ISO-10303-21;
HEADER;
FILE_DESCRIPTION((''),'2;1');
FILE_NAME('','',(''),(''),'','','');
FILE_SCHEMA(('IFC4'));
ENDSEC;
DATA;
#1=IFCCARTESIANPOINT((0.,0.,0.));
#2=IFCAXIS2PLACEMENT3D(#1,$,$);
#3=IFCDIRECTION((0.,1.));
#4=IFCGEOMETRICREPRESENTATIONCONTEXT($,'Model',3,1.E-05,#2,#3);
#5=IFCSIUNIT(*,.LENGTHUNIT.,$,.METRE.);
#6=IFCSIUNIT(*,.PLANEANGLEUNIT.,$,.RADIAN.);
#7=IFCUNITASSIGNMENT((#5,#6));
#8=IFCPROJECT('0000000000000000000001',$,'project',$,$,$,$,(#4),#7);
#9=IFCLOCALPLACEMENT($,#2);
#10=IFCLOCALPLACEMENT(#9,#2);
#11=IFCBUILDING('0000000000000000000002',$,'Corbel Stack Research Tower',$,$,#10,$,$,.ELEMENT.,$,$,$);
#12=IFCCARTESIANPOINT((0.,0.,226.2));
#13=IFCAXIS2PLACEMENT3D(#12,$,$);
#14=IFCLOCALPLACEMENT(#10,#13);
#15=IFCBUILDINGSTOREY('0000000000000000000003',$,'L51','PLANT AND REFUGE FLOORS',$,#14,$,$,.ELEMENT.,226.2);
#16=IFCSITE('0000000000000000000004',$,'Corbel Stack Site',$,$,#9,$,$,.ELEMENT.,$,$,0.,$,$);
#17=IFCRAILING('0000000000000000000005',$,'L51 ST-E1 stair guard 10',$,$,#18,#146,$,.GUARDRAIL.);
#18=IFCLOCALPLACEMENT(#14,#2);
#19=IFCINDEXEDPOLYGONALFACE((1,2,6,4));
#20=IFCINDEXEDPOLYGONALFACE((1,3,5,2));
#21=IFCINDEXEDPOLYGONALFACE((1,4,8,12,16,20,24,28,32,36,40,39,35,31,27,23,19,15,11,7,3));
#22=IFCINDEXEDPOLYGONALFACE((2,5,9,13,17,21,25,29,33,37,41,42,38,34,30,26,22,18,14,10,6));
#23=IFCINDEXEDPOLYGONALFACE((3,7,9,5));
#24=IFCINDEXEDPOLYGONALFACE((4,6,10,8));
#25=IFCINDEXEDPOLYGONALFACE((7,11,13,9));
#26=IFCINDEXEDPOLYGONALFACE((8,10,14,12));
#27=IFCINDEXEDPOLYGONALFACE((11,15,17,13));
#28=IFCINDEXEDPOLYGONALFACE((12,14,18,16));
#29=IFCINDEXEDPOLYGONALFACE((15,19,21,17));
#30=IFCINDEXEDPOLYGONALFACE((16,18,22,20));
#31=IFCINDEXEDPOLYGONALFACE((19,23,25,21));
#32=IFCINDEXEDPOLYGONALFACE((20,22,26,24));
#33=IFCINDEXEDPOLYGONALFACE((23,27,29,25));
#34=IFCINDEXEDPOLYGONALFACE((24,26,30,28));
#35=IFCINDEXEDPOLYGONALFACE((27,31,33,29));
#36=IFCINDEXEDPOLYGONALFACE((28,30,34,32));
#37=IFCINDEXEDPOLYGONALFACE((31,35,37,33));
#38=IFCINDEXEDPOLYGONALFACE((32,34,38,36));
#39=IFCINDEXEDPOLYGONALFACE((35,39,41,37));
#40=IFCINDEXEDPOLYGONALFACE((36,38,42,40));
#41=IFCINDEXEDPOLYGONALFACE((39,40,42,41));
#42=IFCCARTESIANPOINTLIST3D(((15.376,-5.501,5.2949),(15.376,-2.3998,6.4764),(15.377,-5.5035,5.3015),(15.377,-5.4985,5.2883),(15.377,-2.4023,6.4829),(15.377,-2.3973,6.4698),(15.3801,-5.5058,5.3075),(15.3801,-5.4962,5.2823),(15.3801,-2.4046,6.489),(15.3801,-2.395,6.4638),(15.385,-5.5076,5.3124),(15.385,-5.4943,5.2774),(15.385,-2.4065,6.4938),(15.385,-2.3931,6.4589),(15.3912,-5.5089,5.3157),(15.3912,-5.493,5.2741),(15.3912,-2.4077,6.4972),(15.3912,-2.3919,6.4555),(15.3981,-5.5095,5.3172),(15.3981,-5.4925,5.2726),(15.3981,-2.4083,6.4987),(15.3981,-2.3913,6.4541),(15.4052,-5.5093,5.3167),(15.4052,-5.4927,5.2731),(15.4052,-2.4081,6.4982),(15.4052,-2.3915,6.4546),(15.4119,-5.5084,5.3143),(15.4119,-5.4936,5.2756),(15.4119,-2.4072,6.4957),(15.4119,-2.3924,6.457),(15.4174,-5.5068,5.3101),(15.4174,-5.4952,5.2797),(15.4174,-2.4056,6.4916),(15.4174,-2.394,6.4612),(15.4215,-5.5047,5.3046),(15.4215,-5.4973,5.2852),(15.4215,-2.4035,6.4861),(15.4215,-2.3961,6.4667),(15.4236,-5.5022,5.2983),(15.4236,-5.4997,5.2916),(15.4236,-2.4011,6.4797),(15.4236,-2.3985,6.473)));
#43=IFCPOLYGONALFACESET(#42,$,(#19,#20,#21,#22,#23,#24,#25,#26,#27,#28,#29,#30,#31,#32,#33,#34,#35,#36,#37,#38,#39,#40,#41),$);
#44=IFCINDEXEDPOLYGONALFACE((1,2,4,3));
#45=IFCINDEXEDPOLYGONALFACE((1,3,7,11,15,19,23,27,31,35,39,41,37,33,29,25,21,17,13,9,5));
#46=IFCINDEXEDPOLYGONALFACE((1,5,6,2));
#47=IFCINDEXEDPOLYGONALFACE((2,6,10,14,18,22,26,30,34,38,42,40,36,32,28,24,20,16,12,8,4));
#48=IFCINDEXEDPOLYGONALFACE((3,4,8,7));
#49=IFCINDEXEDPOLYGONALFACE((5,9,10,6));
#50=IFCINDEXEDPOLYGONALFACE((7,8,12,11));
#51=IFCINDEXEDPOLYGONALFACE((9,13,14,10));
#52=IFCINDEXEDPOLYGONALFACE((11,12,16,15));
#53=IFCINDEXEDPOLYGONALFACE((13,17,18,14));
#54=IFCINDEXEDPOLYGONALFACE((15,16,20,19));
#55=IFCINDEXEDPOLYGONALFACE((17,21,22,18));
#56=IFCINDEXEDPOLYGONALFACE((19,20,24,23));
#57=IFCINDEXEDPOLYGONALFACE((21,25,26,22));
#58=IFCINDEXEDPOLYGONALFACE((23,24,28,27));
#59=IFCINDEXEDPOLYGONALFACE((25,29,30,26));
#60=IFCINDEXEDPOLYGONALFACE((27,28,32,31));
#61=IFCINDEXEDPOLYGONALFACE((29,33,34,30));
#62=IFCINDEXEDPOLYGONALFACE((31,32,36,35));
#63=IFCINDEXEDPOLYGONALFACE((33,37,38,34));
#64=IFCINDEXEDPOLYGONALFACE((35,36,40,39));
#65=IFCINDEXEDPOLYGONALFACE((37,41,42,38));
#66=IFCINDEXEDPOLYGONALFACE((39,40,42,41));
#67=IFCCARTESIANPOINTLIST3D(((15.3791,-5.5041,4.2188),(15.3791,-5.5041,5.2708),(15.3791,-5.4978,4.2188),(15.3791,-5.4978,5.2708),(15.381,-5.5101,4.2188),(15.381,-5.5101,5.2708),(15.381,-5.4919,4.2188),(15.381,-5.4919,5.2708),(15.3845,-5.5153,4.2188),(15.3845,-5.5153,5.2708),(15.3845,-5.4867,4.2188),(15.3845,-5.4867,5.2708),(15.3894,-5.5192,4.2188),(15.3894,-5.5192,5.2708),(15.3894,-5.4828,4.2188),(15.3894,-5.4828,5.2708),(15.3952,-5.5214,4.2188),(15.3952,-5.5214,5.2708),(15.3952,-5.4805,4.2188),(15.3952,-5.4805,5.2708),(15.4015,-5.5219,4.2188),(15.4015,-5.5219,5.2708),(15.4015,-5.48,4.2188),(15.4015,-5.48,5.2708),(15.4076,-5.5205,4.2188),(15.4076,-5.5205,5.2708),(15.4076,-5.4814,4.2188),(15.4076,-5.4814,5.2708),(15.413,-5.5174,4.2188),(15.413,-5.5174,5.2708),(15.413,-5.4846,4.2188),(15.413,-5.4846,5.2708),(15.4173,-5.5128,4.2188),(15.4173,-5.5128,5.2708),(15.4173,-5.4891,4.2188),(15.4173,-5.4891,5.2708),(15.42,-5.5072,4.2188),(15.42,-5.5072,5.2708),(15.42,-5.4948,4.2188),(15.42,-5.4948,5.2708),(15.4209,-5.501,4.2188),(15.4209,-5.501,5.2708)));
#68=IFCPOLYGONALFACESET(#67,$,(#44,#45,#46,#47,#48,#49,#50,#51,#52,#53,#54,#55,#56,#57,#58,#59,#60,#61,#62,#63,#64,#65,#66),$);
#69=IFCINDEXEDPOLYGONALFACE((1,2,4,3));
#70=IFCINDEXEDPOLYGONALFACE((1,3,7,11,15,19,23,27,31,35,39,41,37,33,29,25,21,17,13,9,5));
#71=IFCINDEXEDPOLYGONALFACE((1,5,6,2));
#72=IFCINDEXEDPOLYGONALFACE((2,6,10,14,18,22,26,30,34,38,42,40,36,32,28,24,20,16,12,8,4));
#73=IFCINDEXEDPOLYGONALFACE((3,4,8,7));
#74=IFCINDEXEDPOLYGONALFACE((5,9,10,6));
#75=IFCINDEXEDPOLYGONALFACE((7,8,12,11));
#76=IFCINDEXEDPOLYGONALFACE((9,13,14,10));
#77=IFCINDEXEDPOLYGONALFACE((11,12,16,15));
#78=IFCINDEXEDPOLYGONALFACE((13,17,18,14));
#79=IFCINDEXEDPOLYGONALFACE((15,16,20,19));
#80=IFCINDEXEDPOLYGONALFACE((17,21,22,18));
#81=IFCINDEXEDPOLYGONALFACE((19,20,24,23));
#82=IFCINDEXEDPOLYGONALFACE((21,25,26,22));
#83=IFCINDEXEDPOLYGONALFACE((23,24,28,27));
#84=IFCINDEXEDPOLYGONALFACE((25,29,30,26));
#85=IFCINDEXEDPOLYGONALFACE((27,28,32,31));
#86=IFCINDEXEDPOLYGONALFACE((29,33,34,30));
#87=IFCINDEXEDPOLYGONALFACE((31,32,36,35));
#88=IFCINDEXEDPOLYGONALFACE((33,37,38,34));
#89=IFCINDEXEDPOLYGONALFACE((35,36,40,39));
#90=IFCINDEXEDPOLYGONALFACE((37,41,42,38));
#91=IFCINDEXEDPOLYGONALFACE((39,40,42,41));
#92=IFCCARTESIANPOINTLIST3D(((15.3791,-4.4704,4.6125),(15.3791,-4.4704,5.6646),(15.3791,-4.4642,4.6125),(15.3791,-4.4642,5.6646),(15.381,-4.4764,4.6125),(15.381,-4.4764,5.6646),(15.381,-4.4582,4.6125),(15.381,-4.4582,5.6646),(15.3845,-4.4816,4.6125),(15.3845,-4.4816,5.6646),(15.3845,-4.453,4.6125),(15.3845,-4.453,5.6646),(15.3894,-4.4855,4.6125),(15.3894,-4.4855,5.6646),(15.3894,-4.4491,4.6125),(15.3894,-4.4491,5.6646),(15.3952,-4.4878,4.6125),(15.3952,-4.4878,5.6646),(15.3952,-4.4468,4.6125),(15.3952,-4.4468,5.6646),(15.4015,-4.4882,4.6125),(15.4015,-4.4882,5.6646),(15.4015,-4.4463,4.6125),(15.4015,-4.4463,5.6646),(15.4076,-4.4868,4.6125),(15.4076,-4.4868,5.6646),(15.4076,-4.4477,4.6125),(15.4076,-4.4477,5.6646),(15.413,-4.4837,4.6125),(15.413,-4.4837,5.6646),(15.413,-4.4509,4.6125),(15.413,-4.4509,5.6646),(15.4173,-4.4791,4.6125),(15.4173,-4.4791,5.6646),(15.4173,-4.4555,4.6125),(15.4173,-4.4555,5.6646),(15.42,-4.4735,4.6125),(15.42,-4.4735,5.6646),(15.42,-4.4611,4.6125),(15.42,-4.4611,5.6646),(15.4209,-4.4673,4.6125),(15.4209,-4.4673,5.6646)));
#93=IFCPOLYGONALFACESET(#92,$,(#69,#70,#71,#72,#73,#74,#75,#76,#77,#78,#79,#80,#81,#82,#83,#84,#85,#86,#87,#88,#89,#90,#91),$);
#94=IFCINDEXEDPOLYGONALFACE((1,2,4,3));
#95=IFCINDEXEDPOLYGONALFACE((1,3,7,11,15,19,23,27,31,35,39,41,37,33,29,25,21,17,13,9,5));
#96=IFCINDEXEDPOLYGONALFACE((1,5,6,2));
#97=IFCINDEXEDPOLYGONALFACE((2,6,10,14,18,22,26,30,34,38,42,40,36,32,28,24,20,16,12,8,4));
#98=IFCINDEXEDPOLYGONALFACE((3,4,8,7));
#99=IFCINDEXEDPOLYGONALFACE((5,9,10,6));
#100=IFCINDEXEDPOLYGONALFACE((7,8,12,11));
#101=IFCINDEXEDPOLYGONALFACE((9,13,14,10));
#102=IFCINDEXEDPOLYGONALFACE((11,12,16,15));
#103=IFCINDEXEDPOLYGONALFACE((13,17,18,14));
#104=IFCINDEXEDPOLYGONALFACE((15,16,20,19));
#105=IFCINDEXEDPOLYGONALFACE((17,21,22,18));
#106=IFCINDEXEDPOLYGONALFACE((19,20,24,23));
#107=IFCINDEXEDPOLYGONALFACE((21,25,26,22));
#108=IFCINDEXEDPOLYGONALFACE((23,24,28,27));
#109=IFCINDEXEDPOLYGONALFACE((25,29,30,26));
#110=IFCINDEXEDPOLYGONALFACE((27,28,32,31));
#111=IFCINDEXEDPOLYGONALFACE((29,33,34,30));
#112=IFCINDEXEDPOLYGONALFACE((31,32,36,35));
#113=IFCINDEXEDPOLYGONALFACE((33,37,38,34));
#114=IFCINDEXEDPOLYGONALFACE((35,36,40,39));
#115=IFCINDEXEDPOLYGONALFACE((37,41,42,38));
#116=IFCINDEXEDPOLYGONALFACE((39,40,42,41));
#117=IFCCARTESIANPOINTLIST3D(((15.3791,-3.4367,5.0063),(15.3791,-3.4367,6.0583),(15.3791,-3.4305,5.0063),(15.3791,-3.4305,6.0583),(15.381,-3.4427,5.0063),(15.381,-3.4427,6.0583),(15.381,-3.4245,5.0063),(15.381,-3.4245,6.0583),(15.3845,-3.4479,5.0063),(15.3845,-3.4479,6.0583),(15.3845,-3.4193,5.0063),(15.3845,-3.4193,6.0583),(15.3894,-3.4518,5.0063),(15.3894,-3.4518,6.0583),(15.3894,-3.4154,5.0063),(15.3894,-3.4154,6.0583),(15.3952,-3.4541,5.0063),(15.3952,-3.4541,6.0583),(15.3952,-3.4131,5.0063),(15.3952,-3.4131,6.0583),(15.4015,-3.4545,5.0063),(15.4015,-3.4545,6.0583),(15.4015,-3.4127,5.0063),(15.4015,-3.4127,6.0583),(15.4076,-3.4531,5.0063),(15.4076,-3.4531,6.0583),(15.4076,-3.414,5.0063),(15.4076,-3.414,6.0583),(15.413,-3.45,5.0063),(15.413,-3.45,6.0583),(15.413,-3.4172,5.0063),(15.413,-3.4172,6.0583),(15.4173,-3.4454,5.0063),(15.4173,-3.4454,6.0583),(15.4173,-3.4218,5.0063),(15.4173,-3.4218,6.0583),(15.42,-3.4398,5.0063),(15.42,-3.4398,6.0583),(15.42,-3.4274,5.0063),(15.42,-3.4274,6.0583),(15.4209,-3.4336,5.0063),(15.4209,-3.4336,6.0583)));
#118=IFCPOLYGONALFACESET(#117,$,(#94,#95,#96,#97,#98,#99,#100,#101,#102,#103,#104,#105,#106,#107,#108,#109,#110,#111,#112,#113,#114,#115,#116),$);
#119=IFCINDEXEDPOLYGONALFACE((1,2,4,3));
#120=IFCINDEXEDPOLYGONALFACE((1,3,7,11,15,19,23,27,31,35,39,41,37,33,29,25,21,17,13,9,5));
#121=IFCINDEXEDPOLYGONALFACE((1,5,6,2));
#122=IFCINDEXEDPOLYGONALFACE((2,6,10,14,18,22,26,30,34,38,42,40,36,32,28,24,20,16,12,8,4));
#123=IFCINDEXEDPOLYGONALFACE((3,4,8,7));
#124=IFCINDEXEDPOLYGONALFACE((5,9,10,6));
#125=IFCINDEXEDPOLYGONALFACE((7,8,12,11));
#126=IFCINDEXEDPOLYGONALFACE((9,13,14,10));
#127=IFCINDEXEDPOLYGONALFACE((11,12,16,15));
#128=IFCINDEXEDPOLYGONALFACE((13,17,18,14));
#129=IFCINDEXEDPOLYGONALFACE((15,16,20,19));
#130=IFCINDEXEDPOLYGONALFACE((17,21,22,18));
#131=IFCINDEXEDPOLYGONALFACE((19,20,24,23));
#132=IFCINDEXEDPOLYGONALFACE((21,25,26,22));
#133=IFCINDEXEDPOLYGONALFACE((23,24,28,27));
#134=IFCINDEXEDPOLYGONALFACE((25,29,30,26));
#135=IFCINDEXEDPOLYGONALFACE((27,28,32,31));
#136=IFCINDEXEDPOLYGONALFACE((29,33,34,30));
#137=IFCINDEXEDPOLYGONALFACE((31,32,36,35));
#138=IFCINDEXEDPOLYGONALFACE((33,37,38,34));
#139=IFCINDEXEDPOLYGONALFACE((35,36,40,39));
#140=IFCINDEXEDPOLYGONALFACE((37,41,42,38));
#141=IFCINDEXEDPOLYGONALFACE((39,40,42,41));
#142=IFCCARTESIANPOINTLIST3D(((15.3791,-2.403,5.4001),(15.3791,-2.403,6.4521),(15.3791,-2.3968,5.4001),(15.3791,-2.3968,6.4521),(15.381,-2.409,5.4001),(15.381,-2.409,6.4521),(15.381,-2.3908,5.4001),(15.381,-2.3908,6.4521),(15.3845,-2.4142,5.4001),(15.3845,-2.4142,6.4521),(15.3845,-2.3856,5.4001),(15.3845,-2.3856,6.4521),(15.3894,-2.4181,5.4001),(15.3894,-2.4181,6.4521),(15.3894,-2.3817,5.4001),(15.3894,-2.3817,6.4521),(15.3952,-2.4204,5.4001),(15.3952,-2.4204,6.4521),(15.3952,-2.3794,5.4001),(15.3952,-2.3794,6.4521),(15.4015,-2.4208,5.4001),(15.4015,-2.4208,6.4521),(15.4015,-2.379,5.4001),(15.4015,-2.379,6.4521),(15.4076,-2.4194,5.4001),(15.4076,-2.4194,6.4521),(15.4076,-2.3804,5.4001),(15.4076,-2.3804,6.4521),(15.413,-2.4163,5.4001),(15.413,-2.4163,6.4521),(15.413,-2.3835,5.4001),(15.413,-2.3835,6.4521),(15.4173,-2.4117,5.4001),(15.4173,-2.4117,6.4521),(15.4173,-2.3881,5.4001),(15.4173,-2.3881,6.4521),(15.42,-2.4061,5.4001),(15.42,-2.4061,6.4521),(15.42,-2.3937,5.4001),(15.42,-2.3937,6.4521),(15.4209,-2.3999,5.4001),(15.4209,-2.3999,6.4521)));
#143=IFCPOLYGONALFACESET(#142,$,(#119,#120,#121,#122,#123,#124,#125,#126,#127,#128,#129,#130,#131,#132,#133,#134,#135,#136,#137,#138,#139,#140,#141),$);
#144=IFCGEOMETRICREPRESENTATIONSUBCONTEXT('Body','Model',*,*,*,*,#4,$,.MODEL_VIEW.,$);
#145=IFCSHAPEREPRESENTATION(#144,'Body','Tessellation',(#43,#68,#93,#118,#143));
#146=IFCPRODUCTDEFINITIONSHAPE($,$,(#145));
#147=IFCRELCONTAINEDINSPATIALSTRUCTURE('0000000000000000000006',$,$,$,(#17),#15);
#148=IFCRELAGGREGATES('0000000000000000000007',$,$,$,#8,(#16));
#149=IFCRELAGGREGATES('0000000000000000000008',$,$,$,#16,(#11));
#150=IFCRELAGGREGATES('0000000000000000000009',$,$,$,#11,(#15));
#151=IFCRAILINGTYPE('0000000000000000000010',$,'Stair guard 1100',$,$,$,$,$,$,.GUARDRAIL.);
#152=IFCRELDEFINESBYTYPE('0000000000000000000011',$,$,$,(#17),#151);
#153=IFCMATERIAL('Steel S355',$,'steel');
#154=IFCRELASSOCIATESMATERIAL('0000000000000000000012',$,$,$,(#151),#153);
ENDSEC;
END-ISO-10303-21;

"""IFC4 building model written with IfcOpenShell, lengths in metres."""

from ifc_helpers import new_model, si_unit, direction, frame, origin, origin_2d, place, context, subcontext, project, spatial, circle, extrude, material, type_object, element, save


model = new_model("IFC4")

# Units and contexts
model_context = context("Model", 3, precision=1e-05, world=origin(), true_north=direction((0.0, 1.0)))
body_context = subcontext(model_context, "Body", "Model", "MODEL_VIEW")
ifc_project = project(units=[si_unit("LENGTHUNIT", "METRE"), si_unit("PLANEANGLEUNIT", "RADIAN")], contexts=[model_context])

# Site, building, storey
site_placement = place(None, origin())
site = spatial("IfcSite", under=ifc_project, at=site_placement, Name="Corbel Stack Site", CompositionType="ELEMENT", RefElevation=0.0)
building_placement = place(site_placement, origin())
building = spatial("IfcBuilding", under=site, at=building_placement, Name="Corbel Stack Research Tower", CompositionType="ELEMENT")
storey_placement = place(building_placement, frame((0.0, 0.0, 226.2)))
storey = spatial("IfcBuildingStorey", under=building, at=storey_placement, Name="L51", Description="PLANT AND REFUGE FLOORS", CompositionType="ELEMENT", Elevation=226.2)

# Railing
ifc_material_1 = material(Name="Steel S355", Category="steel")
railing_type_1 = type_object("IfcRailingType", Name="Stair guard 1100", PredefinedType="GUARDRAIL", material=ifc_material_1)
railing_1_placement = place(storey_placement, frame((15.3999, -5.501, 4.2188)))
element("IfcRailing", 1, at=railing_1_placement, inside=storey, type_object=railing_type_1, Name="L51 ST-E1 stair guard 10", PredefinedType="GUARDRAIL", context=body_context, shape_type="SweptSolid", body=[
    extrude(circle(Radius=0.0239, at=origin_2d()), frame((0.0, 0.0, 1.0762), z_axis=(0.0, 0.934484, 0.356005), x_axis=(-1.0, 0.0, 0.0)), (0.0, 0.0, 1.0), 3.3186),
    extrude(circle(Radius=0.021, at=origin_2d()), origin(), (0.0, 0.0, 1.0), 1.052),
    extrude(circle(Radius=0.021, at=origin_2d()), frame((0.0, 1.0337, 0.3938)), (0.0, 0.0, 1.0), 1.052),
    extrude(circle(Radius=0.021, at=origin_2d()), frame((0.0, 2.0674, 0.7876)), (0.0, 0.0, 1.0), 1.052),
    extrude(circle(Radius=0.021, at=origin_2d()), frame((0.0, 3.1011, 1.1814)), (0.0, 0.0, 1.0), 1.052),
])

save(model, "model.ifc")
